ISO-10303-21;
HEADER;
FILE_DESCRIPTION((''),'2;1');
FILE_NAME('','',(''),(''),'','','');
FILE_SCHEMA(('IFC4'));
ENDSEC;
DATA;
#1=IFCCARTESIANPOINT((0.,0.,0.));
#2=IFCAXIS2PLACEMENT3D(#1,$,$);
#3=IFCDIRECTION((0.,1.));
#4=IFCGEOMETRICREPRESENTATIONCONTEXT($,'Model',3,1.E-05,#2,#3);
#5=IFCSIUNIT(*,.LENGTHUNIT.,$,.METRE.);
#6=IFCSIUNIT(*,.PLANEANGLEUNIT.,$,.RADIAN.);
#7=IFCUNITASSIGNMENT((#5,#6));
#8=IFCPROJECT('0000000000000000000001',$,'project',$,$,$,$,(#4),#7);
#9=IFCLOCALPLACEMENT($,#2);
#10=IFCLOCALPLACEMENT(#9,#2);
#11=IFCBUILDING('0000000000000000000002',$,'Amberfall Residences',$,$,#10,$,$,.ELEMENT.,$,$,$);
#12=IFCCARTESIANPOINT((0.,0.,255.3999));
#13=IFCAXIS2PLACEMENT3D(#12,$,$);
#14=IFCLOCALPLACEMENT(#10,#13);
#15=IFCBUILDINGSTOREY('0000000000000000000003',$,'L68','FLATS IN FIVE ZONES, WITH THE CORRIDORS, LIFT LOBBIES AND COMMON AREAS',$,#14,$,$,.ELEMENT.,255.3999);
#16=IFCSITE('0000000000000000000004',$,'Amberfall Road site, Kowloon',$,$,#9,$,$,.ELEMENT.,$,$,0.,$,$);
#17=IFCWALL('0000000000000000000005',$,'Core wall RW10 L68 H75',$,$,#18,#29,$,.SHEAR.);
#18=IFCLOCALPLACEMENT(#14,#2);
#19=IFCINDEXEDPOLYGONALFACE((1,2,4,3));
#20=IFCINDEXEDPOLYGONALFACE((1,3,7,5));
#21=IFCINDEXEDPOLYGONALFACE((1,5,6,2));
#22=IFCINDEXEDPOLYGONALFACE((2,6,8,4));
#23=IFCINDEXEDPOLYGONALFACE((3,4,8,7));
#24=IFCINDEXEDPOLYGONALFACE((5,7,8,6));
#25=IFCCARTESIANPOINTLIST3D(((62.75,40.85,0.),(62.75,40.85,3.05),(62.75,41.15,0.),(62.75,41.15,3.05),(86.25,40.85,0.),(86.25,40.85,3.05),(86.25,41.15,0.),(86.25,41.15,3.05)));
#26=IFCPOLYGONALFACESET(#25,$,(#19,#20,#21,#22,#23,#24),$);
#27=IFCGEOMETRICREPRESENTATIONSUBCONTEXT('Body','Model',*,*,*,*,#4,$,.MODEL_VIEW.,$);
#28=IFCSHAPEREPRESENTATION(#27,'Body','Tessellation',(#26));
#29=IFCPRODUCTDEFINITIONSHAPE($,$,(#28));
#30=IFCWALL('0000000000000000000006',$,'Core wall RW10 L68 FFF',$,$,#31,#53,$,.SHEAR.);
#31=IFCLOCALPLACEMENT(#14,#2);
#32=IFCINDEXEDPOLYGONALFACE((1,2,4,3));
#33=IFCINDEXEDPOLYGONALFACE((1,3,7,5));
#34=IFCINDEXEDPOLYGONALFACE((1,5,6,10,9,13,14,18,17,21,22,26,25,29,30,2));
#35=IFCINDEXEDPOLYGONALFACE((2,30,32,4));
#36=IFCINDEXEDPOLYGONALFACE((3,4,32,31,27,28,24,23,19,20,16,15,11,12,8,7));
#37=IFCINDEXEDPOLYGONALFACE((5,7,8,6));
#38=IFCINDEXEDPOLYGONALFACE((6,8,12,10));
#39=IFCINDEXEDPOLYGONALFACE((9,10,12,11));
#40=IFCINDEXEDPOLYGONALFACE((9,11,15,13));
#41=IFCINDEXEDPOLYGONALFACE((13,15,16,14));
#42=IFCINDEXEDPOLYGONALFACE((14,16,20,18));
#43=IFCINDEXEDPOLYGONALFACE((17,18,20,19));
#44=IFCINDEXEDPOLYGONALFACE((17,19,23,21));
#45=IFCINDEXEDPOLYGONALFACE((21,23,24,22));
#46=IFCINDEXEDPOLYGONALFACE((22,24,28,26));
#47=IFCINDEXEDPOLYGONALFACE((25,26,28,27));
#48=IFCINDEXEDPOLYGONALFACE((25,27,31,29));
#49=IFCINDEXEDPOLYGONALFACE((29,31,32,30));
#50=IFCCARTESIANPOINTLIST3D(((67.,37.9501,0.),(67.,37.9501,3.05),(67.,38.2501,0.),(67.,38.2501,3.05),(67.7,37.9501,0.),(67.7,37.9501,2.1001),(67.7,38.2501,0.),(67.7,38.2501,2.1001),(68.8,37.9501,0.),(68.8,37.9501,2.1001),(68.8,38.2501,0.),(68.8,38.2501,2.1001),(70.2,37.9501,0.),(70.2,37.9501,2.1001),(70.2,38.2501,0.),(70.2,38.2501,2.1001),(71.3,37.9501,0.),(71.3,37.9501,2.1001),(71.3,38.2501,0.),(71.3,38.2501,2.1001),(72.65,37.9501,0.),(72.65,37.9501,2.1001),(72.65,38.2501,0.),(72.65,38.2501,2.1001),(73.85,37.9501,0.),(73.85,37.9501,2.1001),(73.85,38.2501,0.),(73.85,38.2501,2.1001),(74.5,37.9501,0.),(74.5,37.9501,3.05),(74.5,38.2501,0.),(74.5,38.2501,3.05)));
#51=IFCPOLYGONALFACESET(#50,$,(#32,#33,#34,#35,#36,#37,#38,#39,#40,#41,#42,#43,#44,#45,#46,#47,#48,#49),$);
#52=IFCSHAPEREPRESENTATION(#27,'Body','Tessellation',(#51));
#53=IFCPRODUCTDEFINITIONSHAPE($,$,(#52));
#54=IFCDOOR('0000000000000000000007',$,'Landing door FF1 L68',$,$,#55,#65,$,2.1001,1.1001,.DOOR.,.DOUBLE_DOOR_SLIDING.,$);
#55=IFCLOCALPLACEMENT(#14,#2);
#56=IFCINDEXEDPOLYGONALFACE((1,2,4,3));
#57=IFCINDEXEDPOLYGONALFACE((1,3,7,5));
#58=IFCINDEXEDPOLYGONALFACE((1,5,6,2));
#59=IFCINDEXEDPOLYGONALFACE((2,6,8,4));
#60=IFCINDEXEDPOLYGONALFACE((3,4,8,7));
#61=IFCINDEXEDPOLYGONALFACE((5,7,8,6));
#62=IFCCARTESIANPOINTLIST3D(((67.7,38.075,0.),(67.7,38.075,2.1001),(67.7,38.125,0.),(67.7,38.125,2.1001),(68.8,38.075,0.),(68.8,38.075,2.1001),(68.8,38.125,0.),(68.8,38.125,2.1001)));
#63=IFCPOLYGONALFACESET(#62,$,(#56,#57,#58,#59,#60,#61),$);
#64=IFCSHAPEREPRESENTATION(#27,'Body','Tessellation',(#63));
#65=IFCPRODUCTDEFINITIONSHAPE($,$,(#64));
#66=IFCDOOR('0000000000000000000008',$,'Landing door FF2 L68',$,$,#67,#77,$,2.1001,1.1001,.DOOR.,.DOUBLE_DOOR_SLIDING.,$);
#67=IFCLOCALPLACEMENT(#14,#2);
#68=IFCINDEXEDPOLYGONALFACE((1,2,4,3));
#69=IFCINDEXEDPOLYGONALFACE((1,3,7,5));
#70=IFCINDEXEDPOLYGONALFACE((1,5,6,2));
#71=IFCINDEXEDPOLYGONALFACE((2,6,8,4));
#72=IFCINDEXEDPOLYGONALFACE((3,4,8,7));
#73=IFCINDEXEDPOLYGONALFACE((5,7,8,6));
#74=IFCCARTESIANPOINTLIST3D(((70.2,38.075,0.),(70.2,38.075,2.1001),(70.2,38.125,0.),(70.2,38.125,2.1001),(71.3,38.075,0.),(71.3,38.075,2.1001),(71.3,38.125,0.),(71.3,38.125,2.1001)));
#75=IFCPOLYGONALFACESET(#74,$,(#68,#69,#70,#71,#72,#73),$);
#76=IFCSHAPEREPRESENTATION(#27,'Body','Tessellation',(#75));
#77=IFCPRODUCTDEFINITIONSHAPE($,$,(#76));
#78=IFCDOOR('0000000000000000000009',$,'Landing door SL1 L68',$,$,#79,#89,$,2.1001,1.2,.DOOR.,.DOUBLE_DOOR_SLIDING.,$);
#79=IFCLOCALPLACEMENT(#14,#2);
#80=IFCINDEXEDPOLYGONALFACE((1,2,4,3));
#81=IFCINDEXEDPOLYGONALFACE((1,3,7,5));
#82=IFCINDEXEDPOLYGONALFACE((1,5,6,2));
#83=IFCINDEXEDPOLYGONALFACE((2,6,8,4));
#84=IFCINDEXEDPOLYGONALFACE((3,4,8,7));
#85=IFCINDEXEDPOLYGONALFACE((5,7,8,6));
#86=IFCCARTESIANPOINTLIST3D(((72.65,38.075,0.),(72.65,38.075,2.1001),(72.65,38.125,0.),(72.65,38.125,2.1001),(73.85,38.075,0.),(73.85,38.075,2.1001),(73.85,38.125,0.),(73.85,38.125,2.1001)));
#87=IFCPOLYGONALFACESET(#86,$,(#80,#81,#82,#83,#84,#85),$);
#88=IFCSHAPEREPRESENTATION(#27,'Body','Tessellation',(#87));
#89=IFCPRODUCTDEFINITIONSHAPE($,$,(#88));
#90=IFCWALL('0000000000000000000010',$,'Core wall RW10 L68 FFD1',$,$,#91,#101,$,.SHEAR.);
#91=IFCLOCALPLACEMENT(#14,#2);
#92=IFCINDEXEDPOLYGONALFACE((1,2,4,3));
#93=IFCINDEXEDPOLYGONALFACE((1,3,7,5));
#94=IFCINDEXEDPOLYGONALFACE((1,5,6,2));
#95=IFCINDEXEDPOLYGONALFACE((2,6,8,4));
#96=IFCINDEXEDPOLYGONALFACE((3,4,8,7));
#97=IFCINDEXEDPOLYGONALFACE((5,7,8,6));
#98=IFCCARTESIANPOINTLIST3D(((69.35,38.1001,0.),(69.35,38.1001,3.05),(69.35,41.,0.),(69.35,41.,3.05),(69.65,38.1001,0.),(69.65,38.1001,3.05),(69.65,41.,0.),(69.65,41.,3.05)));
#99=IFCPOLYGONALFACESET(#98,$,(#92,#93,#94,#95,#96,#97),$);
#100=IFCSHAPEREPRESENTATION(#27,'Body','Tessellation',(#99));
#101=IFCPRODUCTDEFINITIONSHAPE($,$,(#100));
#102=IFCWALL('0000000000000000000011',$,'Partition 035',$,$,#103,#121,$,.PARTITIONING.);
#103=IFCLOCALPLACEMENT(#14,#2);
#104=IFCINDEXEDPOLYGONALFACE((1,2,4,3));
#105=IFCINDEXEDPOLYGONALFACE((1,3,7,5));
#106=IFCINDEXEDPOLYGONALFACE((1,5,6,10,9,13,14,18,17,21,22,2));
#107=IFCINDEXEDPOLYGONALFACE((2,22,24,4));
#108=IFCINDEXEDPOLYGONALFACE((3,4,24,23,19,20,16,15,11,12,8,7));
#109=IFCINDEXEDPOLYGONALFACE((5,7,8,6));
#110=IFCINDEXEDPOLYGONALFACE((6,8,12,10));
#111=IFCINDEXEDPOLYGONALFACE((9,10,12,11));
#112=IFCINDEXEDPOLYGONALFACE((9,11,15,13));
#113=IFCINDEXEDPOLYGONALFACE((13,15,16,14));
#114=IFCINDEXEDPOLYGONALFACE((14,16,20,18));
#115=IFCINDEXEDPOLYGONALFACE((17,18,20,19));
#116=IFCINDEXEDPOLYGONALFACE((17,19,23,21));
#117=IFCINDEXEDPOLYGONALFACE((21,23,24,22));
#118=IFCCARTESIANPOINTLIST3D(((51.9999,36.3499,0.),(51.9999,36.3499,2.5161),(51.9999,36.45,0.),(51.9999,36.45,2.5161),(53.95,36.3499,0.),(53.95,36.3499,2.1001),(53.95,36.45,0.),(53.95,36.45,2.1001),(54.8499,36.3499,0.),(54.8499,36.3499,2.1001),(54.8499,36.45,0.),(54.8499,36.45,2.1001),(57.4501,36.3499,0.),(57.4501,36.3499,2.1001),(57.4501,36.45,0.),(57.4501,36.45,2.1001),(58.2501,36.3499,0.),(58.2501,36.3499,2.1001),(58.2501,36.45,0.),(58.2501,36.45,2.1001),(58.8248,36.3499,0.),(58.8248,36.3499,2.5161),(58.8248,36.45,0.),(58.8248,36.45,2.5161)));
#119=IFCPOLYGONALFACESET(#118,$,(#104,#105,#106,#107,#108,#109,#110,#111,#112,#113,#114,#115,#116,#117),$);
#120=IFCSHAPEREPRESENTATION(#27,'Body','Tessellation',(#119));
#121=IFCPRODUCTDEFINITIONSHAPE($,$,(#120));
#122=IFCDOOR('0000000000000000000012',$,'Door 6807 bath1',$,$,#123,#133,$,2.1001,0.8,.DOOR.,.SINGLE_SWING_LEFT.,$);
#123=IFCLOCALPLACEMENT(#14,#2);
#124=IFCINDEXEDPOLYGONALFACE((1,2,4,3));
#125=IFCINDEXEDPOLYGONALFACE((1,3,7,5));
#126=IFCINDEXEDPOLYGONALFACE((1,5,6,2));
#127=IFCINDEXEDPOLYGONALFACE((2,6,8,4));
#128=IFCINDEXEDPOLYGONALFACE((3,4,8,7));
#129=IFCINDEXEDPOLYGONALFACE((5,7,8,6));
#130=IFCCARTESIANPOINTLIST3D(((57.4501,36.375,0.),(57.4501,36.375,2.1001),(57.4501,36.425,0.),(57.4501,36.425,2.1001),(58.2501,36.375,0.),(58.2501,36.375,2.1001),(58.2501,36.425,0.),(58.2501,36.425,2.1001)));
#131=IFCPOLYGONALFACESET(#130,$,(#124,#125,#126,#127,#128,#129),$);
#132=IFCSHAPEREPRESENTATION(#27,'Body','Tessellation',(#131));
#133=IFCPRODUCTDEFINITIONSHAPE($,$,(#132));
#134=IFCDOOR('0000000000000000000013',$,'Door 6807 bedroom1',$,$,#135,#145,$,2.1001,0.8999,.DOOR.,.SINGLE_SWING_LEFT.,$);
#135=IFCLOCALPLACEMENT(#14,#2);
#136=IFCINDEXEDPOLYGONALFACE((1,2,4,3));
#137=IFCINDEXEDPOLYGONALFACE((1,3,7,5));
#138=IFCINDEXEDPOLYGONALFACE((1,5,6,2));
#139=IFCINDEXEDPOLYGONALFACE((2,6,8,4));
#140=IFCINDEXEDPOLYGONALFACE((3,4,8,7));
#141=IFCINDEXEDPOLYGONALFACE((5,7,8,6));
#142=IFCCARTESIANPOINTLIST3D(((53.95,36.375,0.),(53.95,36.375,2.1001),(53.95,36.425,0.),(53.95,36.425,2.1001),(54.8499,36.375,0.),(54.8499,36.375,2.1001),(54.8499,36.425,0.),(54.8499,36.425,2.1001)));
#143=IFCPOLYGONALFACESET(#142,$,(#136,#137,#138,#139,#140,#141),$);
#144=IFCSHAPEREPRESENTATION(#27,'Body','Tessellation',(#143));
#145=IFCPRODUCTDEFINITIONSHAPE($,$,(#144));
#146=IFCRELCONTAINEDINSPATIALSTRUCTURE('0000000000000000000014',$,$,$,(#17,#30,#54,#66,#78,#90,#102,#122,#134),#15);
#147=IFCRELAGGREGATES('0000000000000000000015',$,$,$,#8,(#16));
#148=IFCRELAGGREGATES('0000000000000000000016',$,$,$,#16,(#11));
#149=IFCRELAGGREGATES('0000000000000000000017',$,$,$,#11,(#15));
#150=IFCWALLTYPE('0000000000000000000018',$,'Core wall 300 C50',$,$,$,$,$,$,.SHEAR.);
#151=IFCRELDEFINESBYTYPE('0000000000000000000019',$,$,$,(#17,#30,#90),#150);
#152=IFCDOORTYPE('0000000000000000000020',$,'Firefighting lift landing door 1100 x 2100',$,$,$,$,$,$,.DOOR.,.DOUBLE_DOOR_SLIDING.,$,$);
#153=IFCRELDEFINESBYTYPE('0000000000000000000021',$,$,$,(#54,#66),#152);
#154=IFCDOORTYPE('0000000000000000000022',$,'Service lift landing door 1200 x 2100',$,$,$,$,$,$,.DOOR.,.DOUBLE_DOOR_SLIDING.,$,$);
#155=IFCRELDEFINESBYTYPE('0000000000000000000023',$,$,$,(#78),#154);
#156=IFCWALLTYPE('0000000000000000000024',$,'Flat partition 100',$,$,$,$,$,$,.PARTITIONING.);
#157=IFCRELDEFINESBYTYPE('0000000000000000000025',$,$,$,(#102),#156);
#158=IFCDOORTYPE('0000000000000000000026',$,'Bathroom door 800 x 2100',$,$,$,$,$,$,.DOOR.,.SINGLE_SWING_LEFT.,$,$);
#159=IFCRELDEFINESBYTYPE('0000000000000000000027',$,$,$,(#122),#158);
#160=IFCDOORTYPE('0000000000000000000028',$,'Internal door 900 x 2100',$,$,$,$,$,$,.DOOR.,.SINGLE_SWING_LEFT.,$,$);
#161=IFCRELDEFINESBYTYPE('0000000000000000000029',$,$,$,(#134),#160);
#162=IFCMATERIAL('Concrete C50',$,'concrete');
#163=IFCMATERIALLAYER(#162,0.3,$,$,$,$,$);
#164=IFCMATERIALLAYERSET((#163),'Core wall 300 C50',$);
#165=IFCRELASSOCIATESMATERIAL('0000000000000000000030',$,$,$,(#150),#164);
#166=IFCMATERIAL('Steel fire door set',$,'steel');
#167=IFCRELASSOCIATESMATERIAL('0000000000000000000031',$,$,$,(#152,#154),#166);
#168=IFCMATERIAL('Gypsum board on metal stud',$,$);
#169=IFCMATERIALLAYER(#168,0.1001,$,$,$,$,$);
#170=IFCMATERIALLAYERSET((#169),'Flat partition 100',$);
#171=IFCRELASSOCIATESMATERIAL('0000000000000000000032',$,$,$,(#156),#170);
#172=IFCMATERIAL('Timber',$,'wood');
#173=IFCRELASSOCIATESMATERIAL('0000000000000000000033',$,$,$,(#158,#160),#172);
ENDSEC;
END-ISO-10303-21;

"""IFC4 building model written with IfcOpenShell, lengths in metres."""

from ifc_helpers import new_model, si_unit, direction, frame, frame_2d, origin, place, context, subcontext, project, spatial, rectangle, extrude, material, layer, layer_set, type_object, element, fill, save


model = new_model("IFC4")

# Units and contexts
model_context = context("Model", 3, precision=1e-05, world=origin(), true_north=direction((0.0, 1.0)))
body_context = subcontext(model_context, "Body", "Model", "MODEL_VIEW")
ifc_project = project(units=[si_unit("LENGTHUNIT", "METRE"), si_unit("PLANEANGLEUNIT", "RADIAN")], contexts=[model_context])

# Site, building, storey
site_placement = place(None, origin())
site = spatial("IfcSite", under=ifc_project, at=site_placement, Name="Amberfall Road site, Kowloon", CompositionType="ELEMENT", RefElevation=0.0)
building_placement = place(site_placement, origin())
building = spatial("IfcBuilding", under=site, at=building_placement, Name="Amberfall Residences", CompositionType="ELEMENT")
storey_placement = place(building_placement, frame((0.0, 0.0, 255.3999)))
storey = spatial("IfcBuildingStorey", under=building, at=storey_placement, Name="L68", Description="FLATS IN FIVE ZONES, WITH THE CORRIDORS, LIFT LOBBIES AND COMMON AREAS", CompositionType="ELEMENT", Elevation=255.3999)

# Wall
ifc_material_1 = material(Name="Concrete C50", Category="concrete")
ifc_layer_1 = layer(ifc_material_1, 0.3)
ifc_layer_set_1 = layer_set([ifc_layer_1], Name="Core wall 300 C50")
wall_type_1 = type_object("IfcWallType", Name="Core wall 300 C50", PredefinedType="SHEAR", material=ifc_layer_set_1)
wall_1_placement = place(storey_placement, frame((62.75, 41.0, 0.0), z_axis=(0.0, 0.0, 1.0), x_axis=(1.0, 0.0, 0.0)))
element("IfcWall", 1, at=wall_1_placement, inside=storey, type_object=wall_type_1, Name="Core wall RW10 L68 H75", PredefinedType="SHEAR", context=body_context, shape_type="SweptSolid", body=[
    extrude(rectangle(XDim=23.5, YDim=0.3, at=frame_2d((11.75, 0.0))), origin(), (0.0, 0.0, 1.0), 3.05),
])

# Wall, openings, doors
wall_2_placement = place(storey_placement, frame((67.0, 38.1001, 0.0), z_axis=(0.0, 0.0, 1.0), x_axis=(1.0, 0.0, 0.0)))
wall_2 = element("IfcWall", 2, at=wall_2_placement, inside=storey, type_object=wall_type_1, Name="Core wall RW10 L68 FFF", PredefinedType="SHEAR", context=body_context, shape_type="SweptSolid", body=[
    extrude(rectangle(XDim=7.5, YDim=0.3, at=frame_2d((3.75, 0.0))), origin(), (0.0, 0.0, 1.0), 3.05),
])
opening_1_placement = place(wall_2_placement, frame((0.7, 0.0, 0.0)))
opening_1 = element("IfcOpeningElement", 3, at=opening_1_placement, cuts=wall_2, PredefinedType="OPENING", context=body_context, shape_type="SweptSolid", body=[
    extrude(rectangle(XDim=1.1001, YDim=2.1001, at=frame_2d((0.55, 1.05))), frame((0.0, 0.1599, 0.0), z_axis=(0.0, -1.0, 0.0), x_axis=(1.0, 0.0, 0.0)), (0.0, 0.0, 1.0), 0.3201),
])
opening_2_placement = place(wall_2_placement, frame((3.2, 0.0, 0.0)))
opening_2 = element("IfcOpeningElement", 4, at=opening_2_placement, cuts=wall_2, PredefinedType="OPENING", context=body_context, shape_type="SweptSolid", body=[
    extrude(rectangle(XDim=1.1001, YDim=2.1001, at=frame_2d((0.55, 1.05))), frame((0.0, 0.1599, 0.0), z_axis=(0.0, -1.0, 0.0), x_axis=(1.0, 0.0, 0.0)), (0.0, 0.0, 1.0), 0.3201),
])
opening_3_placement = place(wall_2_placement, frame((5.6499, 0.0, 0.0)))
opening_3 = element("IfcOpeningElement", 5, at=opening_3_placement, cuts=wall_2, PredefinedType="OPENING", context=body_context, shape_type="SweptSolid", body=[
    extrude(rectangle(XDim=1.2, YDim=2.1001, at=frame_2d((0.6001, 1.05))), frame((0.0, 0.1599, 0.0), z_axis=(0.0, -1.0, 0.0), x_axis=(1.0, 0.0, 0.0)), (0.0, 0.0, 1.0), 0.3201),
])
ifc_material_2 = material(Name="Steel fire door set", Category="steel")
door_type_1 = type_object("IfcDoorType", Name="Firefighting lift landing door 1100 x 2100", OperationType="DOUBLE_DOOR_SLIDING", PredefinedType="DOOR", material=ifc_material_2)
door_1_placement = place(opening_1_placement, origin())
door_1 = element("IfcDoor", 6, at=door_1_placement, inside=storey, type_object=door_type_1, Name="Landing door FF1 L68", OperationType="DOUBLE_DOOR_SLIDING", OverallHeight=2.1001, OverallWidth=1.1001, PredefinedType="DOOR", context=body_context, shape_type="SweptSolid", body=[
    extrude(rectangle(XDim=1.1001, YDim=2.1001, at=frame_2d((0.55, 1.05))), frame((0.0, 0.0249, 0.0), z_axis=(0.0, -1.0, 0.0), x_axis=(1.0, 0.0, 0.0)), (0.0, 0.0, 1.0), 0.05),
])
fill(opening_1, door_1)
door_2_placement = place(opening_2_placement, origin())
door_2 = element("IfcDoor", 7, at=door_2_placement, inside=storey, type_object=door_type_1, Name="Landing door FF2 L68", OperationType="DOUBLE_DOOR_SLIDING", OverallHeight=2.1001, OverallWidth=1.1001, PredefinedType="DOOR", context=body_context, shape_type="SweptSolid", body=[
    extrude(rectangle(XDim=1.1001, YDim=2.1001, at=frame_2d((0.55, 1.05))), frame((0.0, 0.0249, 0.0), z_axis=(0.0, -1.0, 0.0), x_axis=(1.0, 0.0, 0.0)), (0.0, 0.0, 1.0), 0.05),
])
fill(opening_2, door_2)
door_type_2 = type_object("IfcDoorType", Name="Service lift landing door 1200 x 2100", OperationType="DOUBLE_DOOR_SLIDING", PredefinedType="DOOR", material=ifc_material_2)
door_3_placement = place(opening_3_placement, origin())
door_3 = element("IfcDoor", 8, at=door_3_placement, inside=storey, type_object=door_type_2, Name="Landing door SL1 L68", OperationType="DOUBLE_DOOR_SLIDING", OverallHeight=2.1001, OverallWidth=1.2, PredefinedType="DOOR", context=body_context, shape_type="SweptSolid", body=[
    extrude(rectangle(XDim=1.2, YDim=2.1001, at=frame_2d((0.6001, 1.05))), frame((0.0, 0.0249, 0.0), z_axis=(0.0, -1.0, 0.0), x_axis=(1.0, 0.0, 0.0)), (0.0, 0.0, 1.0), 0.05),
])
fill(opening_3, door_3)

# Wall
wall_3_placement = place(storey_placement, frame((69.5, 38.1001, 0.0), z_axis=(0.0, 0.0, 1.0), x_axis=(0.0, 1.0, 0.0)))
element("IfcWall", 9, at=wall_3_placement, inside=storey, type_object=wall_type_1, Name="Core wall RW10 L68 FFD1", PredefinedType="SHEAR", context=body_context, shape_type="SweptSolid", body=[
    extrude(rectangle(XDim=2.8999, YDim=0.3, at=frame_2d((1.45, 0.0))), origin(), (0.0, 0.0, 1.0), 3.05),
])

# Wall, openings, doors
ifc_material_3 = material(Name="Gypsum board on metal stud")
ifc_layer_2 = layer(ifc_material_3, 0.1001)
ifc_layer_set_2 = layer_set([ifc_layer_2], Name="Flat partition 100")
wall_type_2 = type_object("IfcWallType", Name="Flat partition 100", PredefinedType="PARTITIONING", material=ifc_layer_set_2)
wall_4_placement = place(storey_placement, frame((58.825, 36.3999, 0.0), z_axis=(0.0, 0.0, 1.0), x_axis=(-1.0, 0.0, 0.0)))
wall_4 = element("IfcWall", 10, at=wall_4_placement, inside=storey, type_object=wall_type_2, Name="Partition 035", PredefinedType="PARTITIONING", context=body_context, shape_type="SweptSolid", body=[
    extrude(rectangle(XDim=6.825, YDim=0.1001, at=frame_2d((3.4126, 0.0))), origin(), (0.0, 0.0, 1.0), 2.5161),
])
opening_4_placement = place(wall_4_placement, frame((3.9751, 0.0, 0.0)))
opening_4 = element("IfcOpeningElement", 11, at=opening_4_placement, cuts=wall_4, PredefinedType="OPENING", context=body_context, shape_type="SweptSolid", body=[
    extrude(rectangle(XDim=0.8999, YDim=2.1001, at=frame_2d((0.45, 1.05))), frame((0.0, 0.0601, 0.0), z_axis=(0.0, -1.0, 0.0), x_axis=(1.0, 0.0, 0.0)), (0.0, 0.0, 1.0), 0.1201),
])
opening_5_placement = place(wall_4_placement, frame((0.575, 0.0, 0.0)))
opening_5 = element("IfcOpeningElement", 12, at=opening_5_placement, cuts=wall_4, PredefinedType="OPENING", context=body_context, shape_type="SweptSolid", body=[
    extrude(rectangle(XDim=0.8, YDim=2.1001, at=frame_2d((0.3999, 1.05))), frame((0.0, 0.0601, 0.0), z_axis=(0.0, -1.0, 0.0), x_axis=(1.0, 0.0, 0.0)), (0.0, 0.0, 1.0), 0.1201),
])
ifc_material_4 = material(Name="Timber", Category="wood")
door_type_3 = type_object("IfcDoorType", Name="Bathroom door 800 x 2100", OperationType="SINGLE_SWING_LEFT", PredefinedType="DOOR", material=ifc_material_4)
door_4_placement = place(opening_5_placement, origin())
door_4 = element("IfcDoor", 13, at=door_4_placement, inside=storey, type_object=door_type_3, Name="Door 6807 bath1", OperationType="SINGLE_SWING_LEFT", OverallHeight=2.1001, OverallWidth=0.8, PredefinedType="DOOR", context=body_context, shape_type="SweptSolid", body=[
    extrude(rectangle(XDim=0.8, YDim=2.1001, at=frame_2d((0.3999, 1.05))), frame((0.0, 0.0249, 0.0), z_axis=(0.0, -1.0, 0.0), x_axis=(1.0, 0.0, 0.0)), (0.0, 0.0, 1.0), 0.05),
])
fill(opening_5, door_4)
door_type_4 = type_object("IfcDoorType", Name="Internal door 900 x 2100", OperationType="SINGLE_SWING_LEFT", PredefinedType="DOOR", material=ifc_material_4)
door_5_placement = place(opening_4_placement, origin())
door_5 = element("IfcDoor", 14, at=door_5_placement, inside=storey, type_object=door_type_4, Name="Door 6807 bedroom1", OperationType="SINGLE_SWING_LEFT", OverallHeight=2.1001, OverallWidth=0.8999, PredefinedType="DOOR", context=body_context, shape_type="SweptSolid", body=[
    extrude(rectangle(XDim=0.8999, YDim=2.1001, at=frame_2d((0.45, 1.05))), frame((0.0, 0.0249, 0.0), z_axis=(0.0, -1.0, 0.0), x_axis=(1.0, 0.0, 0.0)), (0.0, 0.0, 1.0), 0.05),
])
fill(opening_4, door_5)

save(model, "model.ifc")
